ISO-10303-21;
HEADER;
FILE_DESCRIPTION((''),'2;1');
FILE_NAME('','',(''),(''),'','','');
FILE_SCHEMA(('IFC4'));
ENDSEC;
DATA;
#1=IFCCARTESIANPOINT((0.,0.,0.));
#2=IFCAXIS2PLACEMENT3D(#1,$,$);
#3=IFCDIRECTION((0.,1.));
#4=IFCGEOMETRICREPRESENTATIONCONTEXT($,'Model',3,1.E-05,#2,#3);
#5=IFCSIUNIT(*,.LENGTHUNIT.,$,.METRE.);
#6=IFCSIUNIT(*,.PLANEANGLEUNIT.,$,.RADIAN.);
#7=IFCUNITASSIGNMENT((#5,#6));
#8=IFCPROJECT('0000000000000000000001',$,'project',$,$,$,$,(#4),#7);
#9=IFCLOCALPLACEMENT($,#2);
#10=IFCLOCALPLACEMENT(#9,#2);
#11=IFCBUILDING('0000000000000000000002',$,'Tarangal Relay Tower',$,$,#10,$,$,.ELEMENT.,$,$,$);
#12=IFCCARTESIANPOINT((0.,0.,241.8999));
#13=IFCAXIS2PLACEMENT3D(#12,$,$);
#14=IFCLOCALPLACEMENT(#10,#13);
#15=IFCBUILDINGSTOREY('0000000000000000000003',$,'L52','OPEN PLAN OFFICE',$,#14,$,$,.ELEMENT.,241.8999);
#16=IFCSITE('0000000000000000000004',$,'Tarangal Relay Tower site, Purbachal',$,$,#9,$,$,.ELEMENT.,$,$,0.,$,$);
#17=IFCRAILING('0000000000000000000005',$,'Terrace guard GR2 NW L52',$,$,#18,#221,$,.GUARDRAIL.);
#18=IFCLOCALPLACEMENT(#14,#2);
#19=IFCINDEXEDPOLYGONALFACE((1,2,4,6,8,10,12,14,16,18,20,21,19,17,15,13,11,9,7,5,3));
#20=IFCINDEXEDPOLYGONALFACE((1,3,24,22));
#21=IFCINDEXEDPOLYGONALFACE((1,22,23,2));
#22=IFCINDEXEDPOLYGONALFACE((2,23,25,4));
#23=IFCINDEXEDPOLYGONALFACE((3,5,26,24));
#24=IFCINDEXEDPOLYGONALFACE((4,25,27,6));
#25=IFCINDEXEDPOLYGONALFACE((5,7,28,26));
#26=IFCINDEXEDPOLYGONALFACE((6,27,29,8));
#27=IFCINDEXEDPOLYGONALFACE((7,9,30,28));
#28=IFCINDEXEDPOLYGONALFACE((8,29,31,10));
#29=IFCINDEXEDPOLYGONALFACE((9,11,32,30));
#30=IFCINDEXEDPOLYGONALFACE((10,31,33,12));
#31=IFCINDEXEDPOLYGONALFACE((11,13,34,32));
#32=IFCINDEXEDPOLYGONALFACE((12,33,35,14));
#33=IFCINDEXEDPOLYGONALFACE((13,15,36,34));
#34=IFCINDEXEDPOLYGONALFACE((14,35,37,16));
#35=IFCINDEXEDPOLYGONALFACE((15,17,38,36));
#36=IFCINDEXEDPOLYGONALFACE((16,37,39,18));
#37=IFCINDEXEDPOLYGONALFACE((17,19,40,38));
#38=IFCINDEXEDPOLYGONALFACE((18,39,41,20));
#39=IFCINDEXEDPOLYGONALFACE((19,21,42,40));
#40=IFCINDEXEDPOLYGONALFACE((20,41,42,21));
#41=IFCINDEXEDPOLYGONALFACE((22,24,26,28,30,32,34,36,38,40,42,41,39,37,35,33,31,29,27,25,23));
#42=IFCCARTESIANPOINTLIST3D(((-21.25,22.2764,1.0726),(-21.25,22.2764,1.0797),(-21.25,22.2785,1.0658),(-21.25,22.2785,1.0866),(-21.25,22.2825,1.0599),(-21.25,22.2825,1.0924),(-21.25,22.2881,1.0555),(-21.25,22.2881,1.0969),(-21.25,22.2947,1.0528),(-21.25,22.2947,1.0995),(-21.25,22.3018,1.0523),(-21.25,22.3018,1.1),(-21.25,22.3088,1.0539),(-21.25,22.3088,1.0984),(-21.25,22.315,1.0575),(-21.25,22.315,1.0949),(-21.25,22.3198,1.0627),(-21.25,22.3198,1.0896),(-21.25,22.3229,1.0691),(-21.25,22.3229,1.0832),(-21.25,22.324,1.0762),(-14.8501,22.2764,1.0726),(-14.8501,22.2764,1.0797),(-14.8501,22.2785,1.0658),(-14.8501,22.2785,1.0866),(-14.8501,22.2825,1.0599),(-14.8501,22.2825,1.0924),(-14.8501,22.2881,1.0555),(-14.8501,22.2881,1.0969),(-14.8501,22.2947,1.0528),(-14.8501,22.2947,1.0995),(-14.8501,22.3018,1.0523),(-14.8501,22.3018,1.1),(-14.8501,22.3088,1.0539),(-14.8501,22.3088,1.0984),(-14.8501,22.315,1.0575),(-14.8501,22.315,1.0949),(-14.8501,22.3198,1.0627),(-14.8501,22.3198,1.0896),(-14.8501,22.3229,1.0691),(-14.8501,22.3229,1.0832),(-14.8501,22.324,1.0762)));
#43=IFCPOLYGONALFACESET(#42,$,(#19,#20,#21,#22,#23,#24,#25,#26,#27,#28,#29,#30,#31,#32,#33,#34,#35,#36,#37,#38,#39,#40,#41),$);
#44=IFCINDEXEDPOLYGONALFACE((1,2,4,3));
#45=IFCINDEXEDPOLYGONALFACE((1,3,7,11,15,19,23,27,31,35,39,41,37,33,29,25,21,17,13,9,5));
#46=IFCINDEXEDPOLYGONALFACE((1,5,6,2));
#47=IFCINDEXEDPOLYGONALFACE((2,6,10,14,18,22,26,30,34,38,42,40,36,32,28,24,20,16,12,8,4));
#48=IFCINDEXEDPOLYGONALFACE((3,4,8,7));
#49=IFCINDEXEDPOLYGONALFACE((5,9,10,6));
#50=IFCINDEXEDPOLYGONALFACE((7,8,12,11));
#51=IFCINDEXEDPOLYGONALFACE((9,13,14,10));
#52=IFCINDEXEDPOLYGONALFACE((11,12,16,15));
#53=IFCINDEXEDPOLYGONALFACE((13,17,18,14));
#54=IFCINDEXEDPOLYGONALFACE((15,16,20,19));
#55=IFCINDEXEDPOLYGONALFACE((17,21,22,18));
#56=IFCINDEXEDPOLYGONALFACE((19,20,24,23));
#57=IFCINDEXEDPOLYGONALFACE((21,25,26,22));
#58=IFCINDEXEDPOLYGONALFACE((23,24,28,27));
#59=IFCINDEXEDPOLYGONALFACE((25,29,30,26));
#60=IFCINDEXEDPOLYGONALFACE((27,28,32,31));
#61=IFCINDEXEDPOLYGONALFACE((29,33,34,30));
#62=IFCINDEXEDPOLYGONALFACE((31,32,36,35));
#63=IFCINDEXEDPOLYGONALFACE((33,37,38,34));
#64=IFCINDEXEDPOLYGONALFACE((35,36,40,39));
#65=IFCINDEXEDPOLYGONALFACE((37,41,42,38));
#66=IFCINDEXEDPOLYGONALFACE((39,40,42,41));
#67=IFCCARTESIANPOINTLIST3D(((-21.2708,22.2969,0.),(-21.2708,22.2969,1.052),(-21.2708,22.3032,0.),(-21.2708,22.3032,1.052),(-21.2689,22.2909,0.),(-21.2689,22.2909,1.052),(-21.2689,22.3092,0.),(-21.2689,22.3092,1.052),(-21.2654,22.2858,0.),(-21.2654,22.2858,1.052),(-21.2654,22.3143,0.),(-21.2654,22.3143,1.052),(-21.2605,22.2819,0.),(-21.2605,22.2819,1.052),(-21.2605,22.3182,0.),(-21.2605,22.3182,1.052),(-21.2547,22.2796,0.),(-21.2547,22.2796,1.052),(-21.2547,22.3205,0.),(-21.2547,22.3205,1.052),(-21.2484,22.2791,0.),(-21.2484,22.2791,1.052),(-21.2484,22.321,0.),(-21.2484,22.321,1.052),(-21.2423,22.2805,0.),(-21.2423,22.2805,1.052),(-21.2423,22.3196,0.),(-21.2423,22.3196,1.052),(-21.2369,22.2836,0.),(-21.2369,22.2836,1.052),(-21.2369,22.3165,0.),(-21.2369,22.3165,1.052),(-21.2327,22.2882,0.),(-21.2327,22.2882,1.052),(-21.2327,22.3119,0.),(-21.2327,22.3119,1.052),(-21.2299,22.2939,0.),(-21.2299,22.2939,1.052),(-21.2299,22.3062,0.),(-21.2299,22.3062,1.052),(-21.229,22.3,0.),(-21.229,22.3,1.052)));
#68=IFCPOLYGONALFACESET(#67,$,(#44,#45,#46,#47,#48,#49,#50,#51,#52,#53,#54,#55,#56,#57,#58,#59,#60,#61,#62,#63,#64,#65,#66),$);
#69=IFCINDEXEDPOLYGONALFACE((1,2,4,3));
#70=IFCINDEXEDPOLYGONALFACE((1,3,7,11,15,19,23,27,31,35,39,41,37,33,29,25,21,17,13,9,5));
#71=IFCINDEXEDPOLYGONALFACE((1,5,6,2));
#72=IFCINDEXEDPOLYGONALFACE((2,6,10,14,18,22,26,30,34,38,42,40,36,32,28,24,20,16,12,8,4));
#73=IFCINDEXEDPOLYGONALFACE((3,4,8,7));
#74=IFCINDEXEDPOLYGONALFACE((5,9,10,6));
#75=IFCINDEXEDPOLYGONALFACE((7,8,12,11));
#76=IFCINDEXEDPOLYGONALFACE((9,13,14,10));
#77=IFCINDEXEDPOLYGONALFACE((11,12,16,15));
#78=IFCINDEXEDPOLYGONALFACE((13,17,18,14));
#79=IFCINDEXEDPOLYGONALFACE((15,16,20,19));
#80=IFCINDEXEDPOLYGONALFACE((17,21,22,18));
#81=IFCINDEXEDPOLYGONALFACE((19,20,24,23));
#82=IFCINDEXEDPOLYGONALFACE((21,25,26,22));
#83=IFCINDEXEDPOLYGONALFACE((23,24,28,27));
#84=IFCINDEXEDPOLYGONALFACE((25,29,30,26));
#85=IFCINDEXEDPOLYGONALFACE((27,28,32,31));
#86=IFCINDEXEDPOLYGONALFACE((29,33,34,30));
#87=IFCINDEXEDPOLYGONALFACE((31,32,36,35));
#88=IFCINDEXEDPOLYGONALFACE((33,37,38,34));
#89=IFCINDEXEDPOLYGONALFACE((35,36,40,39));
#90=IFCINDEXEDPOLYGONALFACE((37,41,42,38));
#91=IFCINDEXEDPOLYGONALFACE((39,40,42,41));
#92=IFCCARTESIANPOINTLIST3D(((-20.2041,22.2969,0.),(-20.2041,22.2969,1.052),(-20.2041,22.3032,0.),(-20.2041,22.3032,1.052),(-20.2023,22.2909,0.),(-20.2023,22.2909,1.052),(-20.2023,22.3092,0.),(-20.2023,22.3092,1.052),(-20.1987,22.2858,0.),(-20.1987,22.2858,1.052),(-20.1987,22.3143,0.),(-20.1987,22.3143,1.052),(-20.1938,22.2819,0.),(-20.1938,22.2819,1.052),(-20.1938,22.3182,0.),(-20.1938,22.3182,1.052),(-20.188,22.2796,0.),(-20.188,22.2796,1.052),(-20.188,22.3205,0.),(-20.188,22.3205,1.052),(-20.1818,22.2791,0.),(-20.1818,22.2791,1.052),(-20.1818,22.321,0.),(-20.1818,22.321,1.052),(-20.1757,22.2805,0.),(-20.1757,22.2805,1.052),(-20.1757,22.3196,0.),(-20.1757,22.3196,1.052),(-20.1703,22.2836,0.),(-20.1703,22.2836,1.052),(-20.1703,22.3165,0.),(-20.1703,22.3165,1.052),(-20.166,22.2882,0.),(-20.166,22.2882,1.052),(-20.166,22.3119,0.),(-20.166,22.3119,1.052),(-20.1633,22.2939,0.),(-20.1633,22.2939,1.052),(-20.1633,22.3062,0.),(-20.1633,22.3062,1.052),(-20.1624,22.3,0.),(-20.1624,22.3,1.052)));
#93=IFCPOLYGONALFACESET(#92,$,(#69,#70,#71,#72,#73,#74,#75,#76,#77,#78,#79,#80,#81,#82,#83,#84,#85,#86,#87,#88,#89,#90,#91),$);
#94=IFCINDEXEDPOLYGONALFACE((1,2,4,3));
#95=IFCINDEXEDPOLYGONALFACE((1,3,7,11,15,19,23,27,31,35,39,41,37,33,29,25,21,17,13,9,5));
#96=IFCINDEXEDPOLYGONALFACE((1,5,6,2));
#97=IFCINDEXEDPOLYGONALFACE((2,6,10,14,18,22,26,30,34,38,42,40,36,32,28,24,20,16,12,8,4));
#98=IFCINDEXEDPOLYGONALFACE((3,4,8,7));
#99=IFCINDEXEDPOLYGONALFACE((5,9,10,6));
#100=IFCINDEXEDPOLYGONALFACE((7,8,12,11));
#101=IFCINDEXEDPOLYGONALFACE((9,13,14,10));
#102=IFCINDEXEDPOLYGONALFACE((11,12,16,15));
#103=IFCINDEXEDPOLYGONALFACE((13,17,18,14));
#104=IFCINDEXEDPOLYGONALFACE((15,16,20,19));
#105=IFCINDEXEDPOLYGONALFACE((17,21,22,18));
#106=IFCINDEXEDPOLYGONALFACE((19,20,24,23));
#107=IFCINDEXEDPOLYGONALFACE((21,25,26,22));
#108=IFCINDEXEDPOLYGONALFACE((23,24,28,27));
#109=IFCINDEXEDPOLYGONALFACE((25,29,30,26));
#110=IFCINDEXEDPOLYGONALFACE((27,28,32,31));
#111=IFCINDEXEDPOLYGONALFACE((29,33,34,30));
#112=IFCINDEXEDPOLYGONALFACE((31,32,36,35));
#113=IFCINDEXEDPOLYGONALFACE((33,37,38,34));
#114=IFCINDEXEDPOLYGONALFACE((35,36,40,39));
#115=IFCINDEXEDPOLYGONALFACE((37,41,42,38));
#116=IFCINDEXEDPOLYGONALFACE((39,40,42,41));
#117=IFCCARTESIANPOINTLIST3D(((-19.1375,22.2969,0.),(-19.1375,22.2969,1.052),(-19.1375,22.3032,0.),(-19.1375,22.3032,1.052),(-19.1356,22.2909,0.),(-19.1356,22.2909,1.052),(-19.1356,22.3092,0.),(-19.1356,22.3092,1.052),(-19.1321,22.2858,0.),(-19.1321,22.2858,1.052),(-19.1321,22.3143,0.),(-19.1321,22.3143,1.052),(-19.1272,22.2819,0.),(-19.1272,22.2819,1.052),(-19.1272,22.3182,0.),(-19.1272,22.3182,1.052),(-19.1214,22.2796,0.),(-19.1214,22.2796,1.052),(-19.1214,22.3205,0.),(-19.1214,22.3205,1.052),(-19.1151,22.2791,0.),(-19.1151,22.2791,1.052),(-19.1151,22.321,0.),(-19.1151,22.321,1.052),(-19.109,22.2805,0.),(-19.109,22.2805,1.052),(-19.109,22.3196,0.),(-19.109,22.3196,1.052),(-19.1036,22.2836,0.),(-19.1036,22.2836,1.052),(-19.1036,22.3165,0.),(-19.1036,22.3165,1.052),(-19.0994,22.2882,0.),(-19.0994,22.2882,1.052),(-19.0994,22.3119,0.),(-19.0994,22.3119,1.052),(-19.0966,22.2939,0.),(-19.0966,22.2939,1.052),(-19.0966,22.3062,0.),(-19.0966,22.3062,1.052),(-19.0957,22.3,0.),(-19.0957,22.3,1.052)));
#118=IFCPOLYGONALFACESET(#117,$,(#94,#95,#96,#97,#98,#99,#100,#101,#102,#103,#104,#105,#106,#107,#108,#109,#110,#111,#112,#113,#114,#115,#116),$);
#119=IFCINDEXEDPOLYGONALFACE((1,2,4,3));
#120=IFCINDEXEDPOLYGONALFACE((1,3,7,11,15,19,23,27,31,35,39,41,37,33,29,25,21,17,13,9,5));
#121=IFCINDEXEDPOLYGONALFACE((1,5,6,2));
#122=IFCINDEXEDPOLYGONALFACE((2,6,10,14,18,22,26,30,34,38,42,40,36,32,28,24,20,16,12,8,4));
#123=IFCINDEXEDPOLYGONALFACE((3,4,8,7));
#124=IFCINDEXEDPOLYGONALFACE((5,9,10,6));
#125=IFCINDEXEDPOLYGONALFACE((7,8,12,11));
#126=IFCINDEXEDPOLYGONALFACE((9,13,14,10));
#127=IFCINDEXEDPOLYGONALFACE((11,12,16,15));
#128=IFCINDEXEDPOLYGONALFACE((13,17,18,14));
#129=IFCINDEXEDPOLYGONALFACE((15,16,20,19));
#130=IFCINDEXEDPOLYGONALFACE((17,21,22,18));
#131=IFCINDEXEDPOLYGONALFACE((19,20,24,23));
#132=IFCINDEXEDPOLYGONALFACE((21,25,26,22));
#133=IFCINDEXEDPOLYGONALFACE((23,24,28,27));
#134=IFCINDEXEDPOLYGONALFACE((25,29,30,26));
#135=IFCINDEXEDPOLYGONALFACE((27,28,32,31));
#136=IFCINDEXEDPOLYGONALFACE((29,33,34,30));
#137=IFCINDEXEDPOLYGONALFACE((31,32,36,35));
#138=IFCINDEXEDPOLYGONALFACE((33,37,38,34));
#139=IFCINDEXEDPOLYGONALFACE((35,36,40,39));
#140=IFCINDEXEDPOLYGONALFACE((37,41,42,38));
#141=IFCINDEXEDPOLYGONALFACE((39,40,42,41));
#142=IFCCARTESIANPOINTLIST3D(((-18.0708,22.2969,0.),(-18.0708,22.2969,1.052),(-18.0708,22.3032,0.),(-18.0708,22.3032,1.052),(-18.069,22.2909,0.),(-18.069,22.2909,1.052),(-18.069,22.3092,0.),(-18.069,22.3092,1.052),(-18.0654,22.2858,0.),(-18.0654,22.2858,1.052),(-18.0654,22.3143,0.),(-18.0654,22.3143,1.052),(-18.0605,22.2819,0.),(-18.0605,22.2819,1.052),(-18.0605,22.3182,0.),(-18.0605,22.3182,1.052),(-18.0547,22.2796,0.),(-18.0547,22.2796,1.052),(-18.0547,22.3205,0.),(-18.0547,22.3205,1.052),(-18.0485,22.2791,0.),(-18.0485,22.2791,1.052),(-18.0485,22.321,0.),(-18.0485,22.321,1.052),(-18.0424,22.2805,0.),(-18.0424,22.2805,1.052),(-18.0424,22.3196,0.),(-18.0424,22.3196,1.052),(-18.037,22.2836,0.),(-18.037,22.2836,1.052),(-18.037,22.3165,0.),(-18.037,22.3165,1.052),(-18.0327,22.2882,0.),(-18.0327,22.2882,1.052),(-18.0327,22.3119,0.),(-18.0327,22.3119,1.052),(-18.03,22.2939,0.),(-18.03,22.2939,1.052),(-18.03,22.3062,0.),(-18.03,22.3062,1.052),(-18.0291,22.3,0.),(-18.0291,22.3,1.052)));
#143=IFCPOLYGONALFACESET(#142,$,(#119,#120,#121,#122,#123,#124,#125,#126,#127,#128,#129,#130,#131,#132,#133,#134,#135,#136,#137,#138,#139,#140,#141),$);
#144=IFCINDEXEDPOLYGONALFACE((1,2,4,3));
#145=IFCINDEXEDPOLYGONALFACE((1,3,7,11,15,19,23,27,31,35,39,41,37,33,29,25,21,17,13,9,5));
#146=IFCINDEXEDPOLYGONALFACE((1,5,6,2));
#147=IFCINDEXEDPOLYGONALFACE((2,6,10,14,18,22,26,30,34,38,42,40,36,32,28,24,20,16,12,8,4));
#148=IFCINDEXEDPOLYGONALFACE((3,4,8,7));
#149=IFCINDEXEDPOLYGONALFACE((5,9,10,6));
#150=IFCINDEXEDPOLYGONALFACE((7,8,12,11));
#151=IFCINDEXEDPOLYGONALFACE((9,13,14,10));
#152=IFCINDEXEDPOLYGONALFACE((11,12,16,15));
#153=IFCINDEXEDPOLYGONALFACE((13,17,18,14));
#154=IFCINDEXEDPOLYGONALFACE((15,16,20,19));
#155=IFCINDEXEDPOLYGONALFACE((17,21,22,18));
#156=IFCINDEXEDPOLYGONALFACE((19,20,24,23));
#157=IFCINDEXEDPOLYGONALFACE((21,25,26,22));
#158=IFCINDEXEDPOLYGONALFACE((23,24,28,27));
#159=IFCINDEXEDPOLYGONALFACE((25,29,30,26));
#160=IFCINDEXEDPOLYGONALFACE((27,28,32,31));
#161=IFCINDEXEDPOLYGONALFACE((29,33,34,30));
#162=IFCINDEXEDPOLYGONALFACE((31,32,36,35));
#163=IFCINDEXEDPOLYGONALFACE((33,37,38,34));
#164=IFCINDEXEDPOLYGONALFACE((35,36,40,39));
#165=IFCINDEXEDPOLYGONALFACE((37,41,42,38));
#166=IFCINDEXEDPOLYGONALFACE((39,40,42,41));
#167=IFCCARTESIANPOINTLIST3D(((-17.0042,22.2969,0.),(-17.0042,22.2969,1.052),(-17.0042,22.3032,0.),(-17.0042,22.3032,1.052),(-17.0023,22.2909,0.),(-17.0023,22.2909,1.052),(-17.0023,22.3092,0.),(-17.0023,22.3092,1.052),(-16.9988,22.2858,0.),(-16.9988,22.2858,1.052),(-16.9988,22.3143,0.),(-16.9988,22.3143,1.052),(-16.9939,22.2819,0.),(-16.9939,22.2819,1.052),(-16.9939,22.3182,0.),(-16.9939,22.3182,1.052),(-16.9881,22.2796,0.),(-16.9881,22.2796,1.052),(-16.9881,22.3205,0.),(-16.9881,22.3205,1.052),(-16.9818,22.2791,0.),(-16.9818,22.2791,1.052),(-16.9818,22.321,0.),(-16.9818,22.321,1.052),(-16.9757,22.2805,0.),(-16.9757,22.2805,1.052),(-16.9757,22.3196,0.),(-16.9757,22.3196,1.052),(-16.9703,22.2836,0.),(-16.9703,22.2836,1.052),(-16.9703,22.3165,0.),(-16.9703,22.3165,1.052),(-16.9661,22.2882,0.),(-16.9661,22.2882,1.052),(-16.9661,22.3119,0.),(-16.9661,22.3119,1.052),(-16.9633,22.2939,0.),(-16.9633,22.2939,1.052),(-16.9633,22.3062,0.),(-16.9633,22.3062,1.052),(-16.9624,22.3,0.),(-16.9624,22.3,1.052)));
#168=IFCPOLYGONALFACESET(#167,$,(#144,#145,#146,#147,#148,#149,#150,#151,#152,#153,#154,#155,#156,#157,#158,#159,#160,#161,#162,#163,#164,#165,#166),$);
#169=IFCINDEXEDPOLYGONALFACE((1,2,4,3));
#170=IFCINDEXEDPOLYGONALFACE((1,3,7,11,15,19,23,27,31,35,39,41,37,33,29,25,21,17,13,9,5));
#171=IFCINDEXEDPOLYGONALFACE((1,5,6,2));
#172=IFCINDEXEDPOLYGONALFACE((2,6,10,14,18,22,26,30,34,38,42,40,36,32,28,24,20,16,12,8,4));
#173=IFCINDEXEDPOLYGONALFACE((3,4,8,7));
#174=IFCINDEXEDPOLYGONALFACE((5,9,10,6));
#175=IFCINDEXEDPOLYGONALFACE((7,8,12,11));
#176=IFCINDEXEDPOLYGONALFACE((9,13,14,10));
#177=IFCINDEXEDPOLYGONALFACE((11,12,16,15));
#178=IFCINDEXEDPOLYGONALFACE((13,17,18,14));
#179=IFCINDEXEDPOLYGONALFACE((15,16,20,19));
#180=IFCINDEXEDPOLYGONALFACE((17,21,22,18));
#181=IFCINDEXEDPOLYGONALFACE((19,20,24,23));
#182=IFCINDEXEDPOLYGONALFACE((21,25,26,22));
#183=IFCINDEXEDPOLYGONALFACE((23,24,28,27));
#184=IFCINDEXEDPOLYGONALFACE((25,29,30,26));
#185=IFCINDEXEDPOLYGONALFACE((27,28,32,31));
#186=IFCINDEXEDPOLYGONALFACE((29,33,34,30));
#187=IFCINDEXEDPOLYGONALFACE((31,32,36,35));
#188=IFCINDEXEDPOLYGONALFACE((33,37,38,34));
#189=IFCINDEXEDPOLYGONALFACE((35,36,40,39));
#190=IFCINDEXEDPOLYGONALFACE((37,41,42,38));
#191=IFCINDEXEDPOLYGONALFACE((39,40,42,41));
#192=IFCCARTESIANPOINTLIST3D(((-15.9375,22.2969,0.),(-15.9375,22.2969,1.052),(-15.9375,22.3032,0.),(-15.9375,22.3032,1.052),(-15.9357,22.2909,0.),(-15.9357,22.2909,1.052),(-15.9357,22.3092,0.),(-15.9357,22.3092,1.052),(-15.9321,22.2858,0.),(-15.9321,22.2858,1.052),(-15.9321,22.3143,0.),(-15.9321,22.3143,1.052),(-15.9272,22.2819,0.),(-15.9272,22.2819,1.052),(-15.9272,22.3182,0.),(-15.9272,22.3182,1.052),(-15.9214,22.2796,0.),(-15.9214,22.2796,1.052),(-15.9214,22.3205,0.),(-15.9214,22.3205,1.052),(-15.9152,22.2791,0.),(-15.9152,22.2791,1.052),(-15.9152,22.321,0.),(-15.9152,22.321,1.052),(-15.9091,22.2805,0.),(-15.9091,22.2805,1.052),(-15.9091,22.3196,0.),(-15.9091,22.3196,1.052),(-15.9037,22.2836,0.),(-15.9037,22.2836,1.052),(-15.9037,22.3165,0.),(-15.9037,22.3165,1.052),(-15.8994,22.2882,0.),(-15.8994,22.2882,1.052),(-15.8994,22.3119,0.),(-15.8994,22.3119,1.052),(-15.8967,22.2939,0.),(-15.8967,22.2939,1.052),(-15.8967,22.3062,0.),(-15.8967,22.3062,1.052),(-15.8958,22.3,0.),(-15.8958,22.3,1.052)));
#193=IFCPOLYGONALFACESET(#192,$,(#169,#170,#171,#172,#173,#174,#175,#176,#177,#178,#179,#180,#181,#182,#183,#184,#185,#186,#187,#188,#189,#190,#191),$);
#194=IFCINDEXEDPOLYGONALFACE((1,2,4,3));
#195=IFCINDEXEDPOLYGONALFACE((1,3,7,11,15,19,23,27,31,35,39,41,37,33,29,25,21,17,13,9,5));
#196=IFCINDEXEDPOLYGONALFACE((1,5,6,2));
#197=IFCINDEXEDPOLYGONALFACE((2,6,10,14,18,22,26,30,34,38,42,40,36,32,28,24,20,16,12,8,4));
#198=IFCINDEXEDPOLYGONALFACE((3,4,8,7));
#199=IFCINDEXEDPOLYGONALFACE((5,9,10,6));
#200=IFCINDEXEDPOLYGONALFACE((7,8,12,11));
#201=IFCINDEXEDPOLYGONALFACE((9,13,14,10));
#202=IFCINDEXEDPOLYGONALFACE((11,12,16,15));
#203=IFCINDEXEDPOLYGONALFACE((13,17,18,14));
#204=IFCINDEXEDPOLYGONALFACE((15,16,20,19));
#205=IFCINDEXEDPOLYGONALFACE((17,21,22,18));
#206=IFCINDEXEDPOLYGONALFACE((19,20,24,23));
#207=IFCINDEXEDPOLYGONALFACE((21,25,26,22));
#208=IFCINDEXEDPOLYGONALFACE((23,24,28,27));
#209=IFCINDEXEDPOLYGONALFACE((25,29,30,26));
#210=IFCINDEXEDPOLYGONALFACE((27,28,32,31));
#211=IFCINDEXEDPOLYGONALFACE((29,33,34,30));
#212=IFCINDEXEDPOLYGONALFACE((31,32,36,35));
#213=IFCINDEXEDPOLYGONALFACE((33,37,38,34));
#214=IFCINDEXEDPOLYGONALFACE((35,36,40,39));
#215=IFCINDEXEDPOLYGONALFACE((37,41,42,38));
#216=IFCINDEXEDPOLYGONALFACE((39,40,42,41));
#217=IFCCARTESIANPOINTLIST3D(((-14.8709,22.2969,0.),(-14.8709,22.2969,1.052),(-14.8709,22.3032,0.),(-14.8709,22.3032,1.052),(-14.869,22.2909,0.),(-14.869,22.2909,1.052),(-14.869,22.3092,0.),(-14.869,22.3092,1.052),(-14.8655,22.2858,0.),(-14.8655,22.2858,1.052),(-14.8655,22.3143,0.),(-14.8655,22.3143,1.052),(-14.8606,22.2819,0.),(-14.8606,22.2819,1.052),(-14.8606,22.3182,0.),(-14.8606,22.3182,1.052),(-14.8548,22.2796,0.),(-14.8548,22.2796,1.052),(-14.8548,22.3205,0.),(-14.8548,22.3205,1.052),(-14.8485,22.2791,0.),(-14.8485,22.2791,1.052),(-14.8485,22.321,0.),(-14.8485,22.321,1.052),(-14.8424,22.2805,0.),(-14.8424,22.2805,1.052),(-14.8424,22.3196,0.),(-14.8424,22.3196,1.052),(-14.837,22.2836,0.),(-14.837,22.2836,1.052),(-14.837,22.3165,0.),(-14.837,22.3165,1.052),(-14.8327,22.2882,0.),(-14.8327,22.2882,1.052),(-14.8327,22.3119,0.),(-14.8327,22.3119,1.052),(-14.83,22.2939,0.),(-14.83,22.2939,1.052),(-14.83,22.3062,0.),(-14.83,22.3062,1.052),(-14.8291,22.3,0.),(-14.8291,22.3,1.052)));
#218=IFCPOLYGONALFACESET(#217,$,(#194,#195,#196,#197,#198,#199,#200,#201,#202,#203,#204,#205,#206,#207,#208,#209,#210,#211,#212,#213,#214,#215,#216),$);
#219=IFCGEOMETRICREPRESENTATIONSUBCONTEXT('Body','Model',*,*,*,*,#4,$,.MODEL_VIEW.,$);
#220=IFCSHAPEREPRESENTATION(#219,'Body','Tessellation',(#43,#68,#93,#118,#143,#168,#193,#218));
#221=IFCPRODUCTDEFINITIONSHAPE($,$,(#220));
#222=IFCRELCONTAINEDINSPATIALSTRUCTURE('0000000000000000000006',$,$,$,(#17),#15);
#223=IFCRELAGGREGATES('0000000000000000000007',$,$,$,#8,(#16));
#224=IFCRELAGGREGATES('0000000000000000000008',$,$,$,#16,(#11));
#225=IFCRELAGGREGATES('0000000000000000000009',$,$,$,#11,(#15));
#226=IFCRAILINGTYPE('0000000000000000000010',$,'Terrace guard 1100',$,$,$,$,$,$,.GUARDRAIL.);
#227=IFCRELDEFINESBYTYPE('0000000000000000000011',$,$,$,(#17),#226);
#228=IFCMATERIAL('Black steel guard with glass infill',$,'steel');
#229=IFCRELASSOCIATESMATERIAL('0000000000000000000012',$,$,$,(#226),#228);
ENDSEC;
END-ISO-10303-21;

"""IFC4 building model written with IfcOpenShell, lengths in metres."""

from ifc_helpers import new_model, si_unit, direction, frame, origin, origin_2d, place, context, subcontext, project, spatial, circle, extrude, material, type_object, element, save


model = new_model("IFC4")

# Units and contexts
model_context = context("Model", 3, precision=1e-05, world=origin(), true_north=direction((0.0, 1.0)))
body_context = subcontext(model_context, "Body", "Model", "MODEL_VIEW")
ifc_project = project(units=[si_unit("LENGTHUNIT", "METRE"), si_unit("PLANEANGLEUNIT", "RADIAN")], contexts=[model_context])

# Site, building, storey
site_placement = place(None, origin())
site = spatial("IfcSite", under=ifc_project, at=site_placement, Name="Tarangal Relay Tower site, Purbachal", CompositionType="ELEMENT", RefElevation=0.0)
building_placement = place(site_placement, origin())
building = spatial("IfcBuilding", under=site, at=building_placement, Name="Tarangal Relay Tower", CompositionType="ELEMENT")
storey_placement = place(building_placement, frame((0.0, 0.0, 241.8999)))
storey = spatial("IfcBuildingStorey", under=building, at=storey_placement, Name="L52", Description="OPEN PLAN OFFICE", CompositionType="ELEMENT", Elevation=241.8999)

# Railing
ifc_material_1 = material(Name="Black steel guard with glass infill", Category="steel")
railing_type = type_object("IfcRailingType", Name="Terrace guard 1100", PredefinedType="GUARDRAIL", material=ifc_material_1)
railing_1_placement = place(storey_placement, frame((-21.25, 22.3, 0.0)))
element("IfcRailing", 1, at=railing_1_placement, inside=storey, type_object=railing_type, Name="Terrace guard GR2 NW L52", PredefinedType="GUARDRAIL", context=body_context, shape_type="SweptSolid", body=[
    extrude(circle(Radius=0.0239, at=origin_2d()), frame((0.0, 0.0, 1.0762), z_axis=(1.0, 0.0, 0.0), x_axis=(0.0, 1.0, 0.0)), (0.0, 0.0, 1.0), 6.3999),
    extrude(circle(Radius=0.021, at=origin_2d()), origin(), (0.0, 0.0, 1.0), 1.052),
    extrude(circle(Radius=0.021, at=origin_2d()), frame((1.0667, 0.0, 0.0)), (0.0, 0.0, 1.0), 1.052),
    extrude(circle(Radius=0.021, at=origin_2d()), frame((2.1333, 0.0, 0.0)), (0.0, 0.0, 1.0), 1.052),
    extrude(circle(Radius=0.021, at=origin_2d()), frame((3.2, 0.0, 0.0)), (0.0, 0.0, 1.0), 1.052),
    extrude(circle(Radius=0.021, at=origin_2d()), frame((4.2666, 0.0, 0.0)), (0.0, 0.0, 1.0), 1.052),
    extrude(circle(Radius=0.021, at=origin_2d()), frame((5.3333, 0.0, 0.0)), (0.0, 0.0, 1.0), 1.052),
    extrude(circle(Radius=0.021, at=origin_2d()), frame((6.3999, 0.0, 0.0)), (0.0, 0.0, 1.0), 1.052),
])

save(model, "model.ifc")
